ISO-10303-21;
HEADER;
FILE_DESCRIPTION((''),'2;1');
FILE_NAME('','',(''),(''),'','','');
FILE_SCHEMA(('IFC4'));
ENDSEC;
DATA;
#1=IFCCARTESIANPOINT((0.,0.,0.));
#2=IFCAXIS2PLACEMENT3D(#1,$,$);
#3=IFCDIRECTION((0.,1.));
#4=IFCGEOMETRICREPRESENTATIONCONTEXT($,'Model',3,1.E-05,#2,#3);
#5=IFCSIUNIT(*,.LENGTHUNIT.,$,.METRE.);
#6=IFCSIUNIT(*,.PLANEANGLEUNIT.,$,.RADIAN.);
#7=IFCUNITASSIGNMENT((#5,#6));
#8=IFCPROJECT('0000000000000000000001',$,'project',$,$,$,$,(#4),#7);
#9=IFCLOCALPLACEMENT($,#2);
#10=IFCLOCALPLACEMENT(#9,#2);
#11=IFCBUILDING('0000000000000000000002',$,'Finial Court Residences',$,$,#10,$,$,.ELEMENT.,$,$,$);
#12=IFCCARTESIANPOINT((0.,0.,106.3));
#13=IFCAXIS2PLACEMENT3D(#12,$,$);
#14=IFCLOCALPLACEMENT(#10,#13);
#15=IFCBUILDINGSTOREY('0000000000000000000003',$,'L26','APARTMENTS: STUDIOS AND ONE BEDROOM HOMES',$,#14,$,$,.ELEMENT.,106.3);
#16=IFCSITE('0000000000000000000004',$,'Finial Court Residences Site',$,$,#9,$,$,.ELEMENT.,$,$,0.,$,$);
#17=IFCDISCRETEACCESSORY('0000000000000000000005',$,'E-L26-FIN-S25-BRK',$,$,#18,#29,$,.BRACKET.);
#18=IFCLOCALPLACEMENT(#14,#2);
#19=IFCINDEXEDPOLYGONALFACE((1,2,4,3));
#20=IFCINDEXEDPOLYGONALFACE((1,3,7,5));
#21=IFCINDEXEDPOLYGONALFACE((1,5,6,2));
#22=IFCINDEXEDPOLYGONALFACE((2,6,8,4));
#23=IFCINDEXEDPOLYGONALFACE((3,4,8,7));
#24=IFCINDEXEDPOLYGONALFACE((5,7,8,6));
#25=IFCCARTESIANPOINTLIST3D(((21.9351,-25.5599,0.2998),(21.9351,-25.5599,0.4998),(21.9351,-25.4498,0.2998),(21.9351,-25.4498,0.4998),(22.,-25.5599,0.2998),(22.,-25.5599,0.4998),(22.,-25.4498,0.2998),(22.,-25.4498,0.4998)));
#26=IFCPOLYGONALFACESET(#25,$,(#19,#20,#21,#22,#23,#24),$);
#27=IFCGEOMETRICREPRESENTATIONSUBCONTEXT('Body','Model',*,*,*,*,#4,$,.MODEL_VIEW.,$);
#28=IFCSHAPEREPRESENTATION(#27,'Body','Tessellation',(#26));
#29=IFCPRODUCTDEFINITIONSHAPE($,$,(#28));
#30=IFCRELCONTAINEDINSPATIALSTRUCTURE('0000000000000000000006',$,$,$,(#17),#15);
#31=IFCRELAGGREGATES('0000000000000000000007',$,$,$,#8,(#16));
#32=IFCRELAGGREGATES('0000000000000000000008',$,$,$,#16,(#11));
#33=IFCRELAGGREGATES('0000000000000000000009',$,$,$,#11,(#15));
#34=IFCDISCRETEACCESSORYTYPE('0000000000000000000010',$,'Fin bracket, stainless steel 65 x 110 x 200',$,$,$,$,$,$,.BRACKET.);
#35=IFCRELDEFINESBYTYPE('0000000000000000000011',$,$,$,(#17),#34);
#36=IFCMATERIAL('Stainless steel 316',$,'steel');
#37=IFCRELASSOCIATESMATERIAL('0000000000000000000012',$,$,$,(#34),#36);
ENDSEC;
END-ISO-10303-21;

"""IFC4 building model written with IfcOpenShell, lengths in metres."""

from ifc_helpers import new_model, si_unit, direction, frame, origin, origin_2d, place, context, subcontext, project, spatial, rectangle, extrude, material, type_object, element, save


model = new_model("IFC4")

# Units and contexts
model_context = context("Model", 3, precision=1e-05, world=origin(), true_north=direction((0.0, 1.0)))
body_context = subcontext(model_context, "Body", "Model", "MODEL_VIEW")
ifc_project = project(units=[si_unit("LENGTHUNIT", "METRE"), si_unit("PLANEANGLEUNIT", "RADIAN")], contexts=[model_context])

# Site, building, storey
site_placement = place(None, origin())
site = spatial("IfcSite", under=ifc_project, at=site_placement, Name="Finial Court Residences Site", CompositionType="ELEMENT", RefElevation=0.0)
building_placement = place(site_placement, origin())
building = spatial("IfcBuilding", under=site, at=building_placement, Name="Finial Court Residences", CompositionType="ELEMENT")
storey_placement = place(building_placement, frame((0.0, 0.0, 106.3)))
storey = spatial("IfcBuildingStorey", under=building, at=storey_placement, Name="L26", Description="APARTMENTS: STUDIOS AND ONE BEDROOM HOMES", CompositionType="ELEMENT", Elevation=106.3)

# Discrete accessory
ifc_material_1 = material(Name="Stainless steel 316", Category="steel")
discrete_accessory_type = type_object("IfcDiscreteAccessoryType", Name="Fin bracket, stainless steel 65 x 110 x 200", PredefinedType="BRACKET", material=ifc_material_1)
for number, where, z_axis, x_axis, name in (
    (1, (21.9675, -25.5049, 0.2998), (0.0, 0.0, 1.0), (1.0, 0.0, 0.0), "E-L26-FIN-S25-BRK"),
):
    element("IfcDiscreteAccessory", number, at=place(storey_placement, frame(where, z_axis=z_axis, x_axis=x_axis)), inside=storey, type_object=discrete_accessory_type, Name=name, PredefinedType="BRACKET", context=body_context, shape_type="SweptSolid", body=[
        extrude(rectangle(XDim=0.0649, YDim=0.1101, at=origin_2d()), origin(), (0.0, 0.0, 1.0), 0.2),
    ])

save(model, "model.ifc")
